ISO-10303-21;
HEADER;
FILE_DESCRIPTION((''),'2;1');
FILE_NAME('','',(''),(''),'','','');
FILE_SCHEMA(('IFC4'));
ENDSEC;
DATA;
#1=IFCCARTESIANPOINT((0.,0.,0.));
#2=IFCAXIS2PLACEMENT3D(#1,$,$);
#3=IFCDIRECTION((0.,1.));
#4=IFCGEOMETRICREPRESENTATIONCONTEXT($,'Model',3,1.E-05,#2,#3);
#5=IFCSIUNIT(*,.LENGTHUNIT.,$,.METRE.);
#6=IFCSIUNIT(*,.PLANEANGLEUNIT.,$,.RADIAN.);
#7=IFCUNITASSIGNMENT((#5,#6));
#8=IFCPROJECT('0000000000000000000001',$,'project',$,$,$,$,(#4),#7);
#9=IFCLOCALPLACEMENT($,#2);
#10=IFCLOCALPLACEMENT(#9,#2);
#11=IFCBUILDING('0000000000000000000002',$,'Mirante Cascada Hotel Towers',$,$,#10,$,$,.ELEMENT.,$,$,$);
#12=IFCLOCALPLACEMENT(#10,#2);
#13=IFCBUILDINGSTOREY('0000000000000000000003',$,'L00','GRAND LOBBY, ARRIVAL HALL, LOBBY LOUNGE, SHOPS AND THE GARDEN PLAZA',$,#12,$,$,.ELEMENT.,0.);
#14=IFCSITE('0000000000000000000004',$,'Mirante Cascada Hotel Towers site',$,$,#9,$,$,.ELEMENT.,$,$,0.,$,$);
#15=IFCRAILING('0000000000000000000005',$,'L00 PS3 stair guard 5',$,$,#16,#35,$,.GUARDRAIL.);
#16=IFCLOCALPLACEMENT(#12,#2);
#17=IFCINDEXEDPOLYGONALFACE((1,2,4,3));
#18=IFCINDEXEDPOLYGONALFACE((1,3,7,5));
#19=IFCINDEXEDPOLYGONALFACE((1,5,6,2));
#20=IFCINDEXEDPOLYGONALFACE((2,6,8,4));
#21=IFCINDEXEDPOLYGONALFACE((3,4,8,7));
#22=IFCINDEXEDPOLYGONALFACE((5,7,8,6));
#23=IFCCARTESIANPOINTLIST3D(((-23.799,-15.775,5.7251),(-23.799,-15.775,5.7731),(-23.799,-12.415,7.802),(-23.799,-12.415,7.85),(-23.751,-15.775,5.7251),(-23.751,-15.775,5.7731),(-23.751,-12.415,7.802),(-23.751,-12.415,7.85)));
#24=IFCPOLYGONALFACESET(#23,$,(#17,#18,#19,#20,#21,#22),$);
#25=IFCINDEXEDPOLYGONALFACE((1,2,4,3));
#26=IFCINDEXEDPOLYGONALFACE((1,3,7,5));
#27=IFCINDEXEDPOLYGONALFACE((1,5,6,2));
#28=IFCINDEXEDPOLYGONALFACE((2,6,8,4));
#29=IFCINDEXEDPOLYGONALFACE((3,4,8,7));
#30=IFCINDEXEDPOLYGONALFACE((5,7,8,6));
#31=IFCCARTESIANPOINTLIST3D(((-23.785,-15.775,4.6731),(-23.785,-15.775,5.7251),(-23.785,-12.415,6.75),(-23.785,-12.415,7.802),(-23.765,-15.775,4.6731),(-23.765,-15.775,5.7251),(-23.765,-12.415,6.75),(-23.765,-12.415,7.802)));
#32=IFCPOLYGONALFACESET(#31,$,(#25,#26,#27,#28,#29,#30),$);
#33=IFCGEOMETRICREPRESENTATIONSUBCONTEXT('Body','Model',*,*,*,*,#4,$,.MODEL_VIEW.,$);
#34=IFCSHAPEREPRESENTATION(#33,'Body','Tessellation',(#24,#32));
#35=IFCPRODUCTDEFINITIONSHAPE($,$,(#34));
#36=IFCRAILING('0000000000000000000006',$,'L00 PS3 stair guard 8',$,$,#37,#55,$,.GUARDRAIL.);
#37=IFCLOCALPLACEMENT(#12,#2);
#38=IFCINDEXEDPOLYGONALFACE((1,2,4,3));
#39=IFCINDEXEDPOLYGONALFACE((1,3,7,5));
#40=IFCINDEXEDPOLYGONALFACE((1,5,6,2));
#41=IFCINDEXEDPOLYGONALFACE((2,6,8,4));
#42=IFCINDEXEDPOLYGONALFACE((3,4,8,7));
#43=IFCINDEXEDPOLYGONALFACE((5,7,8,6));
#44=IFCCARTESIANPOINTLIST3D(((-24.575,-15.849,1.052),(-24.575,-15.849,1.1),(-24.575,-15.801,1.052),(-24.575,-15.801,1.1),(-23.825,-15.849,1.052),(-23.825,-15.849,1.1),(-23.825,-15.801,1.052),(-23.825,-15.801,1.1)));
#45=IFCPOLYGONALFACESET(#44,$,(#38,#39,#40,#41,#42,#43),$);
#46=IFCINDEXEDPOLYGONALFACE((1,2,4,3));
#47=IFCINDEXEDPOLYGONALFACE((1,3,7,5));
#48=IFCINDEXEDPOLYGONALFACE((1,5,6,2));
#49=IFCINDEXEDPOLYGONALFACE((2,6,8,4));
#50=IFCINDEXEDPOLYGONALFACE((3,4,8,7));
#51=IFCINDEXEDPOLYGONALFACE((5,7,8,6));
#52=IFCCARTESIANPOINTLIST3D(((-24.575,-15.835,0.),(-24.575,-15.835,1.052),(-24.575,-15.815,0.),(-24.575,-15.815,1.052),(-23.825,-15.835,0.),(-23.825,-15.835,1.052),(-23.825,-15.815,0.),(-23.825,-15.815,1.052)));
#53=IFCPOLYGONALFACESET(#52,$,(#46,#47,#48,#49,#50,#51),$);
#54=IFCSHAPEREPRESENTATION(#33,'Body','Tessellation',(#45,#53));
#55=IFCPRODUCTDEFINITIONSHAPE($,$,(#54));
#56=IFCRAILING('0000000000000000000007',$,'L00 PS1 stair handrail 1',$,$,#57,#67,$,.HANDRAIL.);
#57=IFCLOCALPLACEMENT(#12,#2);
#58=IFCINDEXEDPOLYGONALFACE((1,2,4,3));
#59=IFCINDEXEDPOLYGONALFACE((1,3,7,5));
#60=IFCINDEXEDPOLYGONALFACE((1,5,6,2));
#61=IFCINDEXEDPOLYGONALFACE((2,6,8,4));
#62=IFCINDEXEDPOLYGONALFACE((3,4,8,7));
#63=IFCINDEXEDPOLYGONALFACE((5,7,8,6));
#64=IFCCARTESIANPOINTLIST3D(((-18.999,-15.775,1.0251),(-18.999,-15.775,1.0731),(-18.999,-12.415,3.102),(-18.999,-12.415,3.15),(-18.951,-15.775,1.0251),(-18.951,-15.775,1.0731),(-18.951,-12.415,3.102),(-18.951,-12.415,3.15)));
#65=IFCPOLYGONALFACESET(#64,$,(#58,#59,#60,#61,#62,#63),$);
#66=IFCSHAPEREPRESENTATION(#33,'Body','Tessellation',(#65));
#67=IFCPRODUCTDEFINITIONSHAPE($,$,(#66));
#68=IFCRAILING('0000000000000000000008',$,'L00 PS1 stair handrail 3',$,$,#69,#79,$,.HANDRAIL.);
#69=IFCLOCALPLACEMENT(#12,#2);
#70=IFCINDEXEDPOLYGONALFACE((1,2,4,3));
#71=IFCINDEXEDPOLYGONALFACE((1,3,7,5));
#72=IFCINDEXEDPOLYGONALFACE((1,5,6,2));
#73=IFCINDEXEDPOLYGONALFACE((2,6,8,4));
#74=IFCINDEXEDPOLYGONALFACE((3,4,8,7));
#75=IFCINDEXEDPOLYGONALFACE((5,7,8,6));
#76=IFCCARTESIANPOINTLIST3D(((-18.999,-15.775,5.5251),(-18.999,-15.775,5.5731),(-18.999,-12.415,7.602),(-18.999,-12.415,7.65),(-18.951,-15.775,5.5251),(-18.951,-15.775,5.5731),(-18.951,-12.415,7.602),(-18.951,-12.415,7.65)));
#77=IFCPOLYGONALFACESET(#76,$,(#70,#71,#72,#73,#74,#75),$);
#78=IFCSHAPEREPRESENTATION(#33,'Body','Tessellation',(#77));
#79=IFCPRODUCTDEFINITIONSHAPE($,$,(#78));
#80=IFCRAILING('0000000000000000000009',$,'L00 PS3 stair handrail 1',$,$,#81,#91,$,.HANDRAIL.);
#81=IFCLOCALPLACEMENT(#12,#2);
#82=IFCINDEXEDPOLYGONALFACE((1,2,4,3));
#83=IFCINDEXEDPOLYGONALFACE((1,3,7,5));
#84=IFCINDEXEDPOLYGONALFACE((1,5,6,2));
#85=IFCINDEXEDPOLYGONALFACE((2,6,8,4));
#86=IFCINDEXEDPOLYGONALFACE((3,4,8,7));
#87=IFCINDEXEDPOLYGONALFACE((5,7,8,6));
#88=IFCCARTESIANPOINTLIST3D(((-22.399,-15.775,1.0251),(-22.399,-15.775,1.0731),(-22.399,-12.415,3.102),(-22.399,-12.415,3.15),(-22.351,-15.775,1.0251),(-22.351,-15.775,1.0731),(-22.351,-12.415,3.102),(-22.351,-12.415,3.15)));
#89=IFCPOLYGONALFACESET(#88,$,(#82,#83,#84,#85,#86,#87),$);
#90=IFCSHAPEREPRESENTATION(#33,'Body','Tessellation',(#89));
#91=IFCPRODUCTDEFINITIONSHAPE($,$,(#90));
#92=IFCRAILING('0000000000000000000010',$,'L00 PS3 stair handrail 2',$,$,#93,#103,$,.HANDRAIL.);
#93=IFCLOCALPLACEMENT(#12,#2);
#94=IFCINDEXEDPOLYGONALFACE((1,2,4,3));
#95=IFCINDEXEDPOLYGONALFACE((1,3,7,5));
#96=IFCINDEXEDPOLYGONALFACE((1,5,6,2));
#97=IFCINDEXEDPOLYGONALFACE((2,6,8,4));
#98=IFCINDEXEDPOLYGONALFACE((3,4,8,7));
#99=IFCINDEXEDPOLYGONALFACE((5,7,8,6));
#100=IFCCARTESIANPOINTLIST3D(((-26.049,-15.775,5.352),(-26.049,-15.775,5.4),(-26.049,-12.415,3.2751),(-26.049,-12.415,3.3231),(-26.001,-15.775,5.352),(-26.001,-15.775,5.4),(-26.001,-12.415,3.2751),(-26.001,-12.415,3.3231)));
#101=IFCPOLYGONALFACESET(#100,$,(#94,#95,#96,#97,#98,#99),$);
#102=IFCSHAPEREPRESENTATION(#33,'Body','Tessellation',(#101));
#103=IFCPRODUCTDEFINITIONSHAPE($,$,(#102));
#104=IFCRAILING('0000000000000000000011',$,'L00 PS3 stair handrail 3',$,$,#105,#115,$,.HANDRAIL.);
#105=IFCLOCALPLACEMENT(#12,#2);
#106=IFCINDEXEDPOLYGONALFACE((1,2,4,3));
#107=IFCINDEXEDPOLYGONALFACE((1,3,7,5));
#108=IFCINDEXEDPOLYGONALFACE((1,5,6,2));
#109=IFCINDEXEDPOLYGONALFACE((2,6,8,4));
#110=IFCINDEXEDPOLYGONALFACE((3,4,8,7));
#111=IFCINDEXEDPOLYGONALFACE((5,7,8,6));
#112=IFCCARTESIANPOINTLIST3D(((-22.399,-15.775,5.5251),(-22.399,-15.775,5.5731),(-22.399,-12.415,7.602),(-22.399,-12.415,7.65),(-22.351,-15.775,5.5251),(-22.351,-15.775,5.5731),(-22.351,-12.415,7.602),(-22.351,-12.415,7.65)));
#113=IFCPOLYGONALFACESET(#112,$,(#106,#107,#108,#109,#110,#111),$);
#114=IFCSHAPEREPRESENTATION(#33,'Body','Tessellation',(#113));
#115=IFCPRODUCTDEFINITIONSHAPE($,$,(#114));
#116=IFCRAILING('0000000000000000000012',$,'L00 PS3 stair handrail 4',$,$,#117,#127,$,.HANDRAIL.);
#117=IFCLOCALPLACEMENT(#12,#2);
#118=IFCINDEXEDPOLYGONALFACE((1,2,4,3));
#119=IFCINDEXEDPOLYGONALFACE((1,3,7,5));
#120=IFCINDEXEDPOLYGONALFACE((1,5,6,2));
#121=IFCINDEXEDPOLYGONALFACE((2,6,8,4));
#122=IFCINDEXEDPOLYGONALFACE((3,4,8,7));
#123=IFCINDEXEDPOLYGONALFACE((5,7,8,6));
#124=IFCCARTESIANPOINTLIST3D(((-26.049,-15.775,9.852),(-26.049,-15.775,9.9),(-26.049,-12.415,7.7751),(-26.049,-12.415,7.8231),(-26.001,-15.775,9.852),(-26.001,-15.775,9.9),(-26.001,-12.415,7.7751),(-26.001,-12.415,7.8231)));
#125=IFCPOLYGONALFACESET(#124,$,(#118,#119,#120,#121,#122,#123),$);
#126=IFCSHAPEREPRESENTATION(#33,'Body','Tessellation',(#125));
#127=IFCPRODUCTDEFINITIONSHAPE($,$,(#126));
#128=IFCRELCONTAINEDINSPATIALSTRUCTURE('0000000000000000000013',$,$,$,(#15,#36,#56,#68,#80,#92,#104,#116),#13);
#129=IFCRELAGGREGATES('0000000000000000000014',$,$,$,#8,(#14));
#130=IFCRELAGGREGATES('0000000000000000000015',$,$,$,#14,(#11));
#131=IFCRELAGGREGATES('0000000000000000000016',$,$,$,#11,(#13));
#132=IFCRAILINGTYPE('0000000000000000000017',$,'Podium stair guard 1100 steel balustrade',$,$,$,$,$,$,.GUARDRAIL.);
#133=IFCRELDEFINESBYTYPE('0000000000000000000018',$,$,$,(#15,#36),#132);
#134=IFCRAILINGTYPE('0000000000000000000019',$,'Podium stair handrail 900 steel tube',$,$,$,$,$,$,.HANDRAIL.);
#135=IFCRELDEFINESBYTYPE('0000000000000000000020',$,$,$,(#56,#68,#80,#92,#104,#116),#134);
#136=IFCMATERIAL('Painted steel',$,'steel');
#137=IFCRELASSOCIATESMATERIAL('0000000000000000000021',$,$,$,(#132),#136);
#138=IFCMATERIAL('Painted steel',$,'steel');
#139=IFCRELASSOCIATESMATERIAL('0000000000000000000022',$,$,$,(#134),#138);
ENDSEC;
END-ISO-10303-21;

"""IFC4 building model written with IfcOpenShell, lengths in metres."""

from ifc_helpers import new_model, si_unit, direction, frame, origin, origin_2d, place, context, subcontext, project, spatial, rectangle, extrude, material, type_object, element, save


model = new_model("IFC4")

# Units and contexts
model_context = context("Model", 3, precision=1e-05, world=origin(), true_north=direction((0.0, 1.0)))
body_context = subcontext(model_context, "Body", "Model", "MODEL_VIEW")
ifc_project = project(units=[si_unit("LENGTHUNIT", "METRE"), si_unit("PLANEANGLEUNIT", "RADIAN")], contexts=[model_context])

# Site, building, storey
site_placement = place(None, origin())
site = spatial("IfcSite", under=ifc_project, at=site_placement, Name="Mirante Cascada Hotel Towers site", CompositionType="ELEMENT", RefElevation=0.0)
building_placement = place(site_placement, origin())
building = spatial("IfcBuilding", under=site, at=building_placement, Name="Mirante Cascada Hotel Towers", CompositionType="ELEMENT")
storey_placement = place(building_placement, origin())
storey = spatial("IfcBuildingStorey", under=building, at=storey_placement, Name="L00", Description="GRAND LOBBY, ARRIVAL HALL, LOBBY LOUNGE, SHOPS AND THE GARDEN PLAZA", CompositionType="ELEMENT", Elevation=0.0)

# Railings
ifc_material_1 = material(Name="Painted steel", Category="steel")
railing_type_1 = type_object("IfcRailingType", Name="Podium stair guard 1100 steel balustrade", PredefinedType="GUARDRAIL", material=ifc_material_1)
railing_1_placement = place(storey_placement, frame((-23.775, -15.775, 4.6731)))
element("IfcRailing", 1, at=railing_1_placement, inside=storey, type_object=railing_type_1, Name="L00 PS3 stair guard 5", PredefinedType="GUARDRAIL", context=body_context, shape_type="SweptSolid", body=[
    extrude(rectangle(XDim=0.048, YDim=0.048, at=origin_2d()), frame((0.0, 0.0, 1.076), z_axis=(0.0, 1.0, 0.0), x_axis=(-1.0, 0.0, 0.0)), (0.0, 0.525787, 0.850616), 3.9501),
    extrude(rectangle(XDim=0.02, YDim=1.052, at=origin_2d()), frame((0.0, 0.0, 0.526), z_axis=(0.0, 1.0, 0.0), x_axis=(-1.0, 0.0, 0.0)), (0.0, 0.525787, 0.850616), 3.9501),
])
railing_2_placement = place(storey_placement, frame((-23.825, -15.825, 0.0)))
element("IfcRailing", 2, at=railing_2_placement, inside=storey, type_object=railing_type_1, Name="L00 PS3 stair guard 8", PredefinedType="GUARDRAIL", context=body_context, shape_type="SweptSolid", body=[
    extrude(rectangle(XDim=0.048, YDim=0.048, at=origin_2d()), frame((0.0, 0.0, 1.076), z_axis=(-1.0, 0.0, 0.0), x_axis=(0.0, -1.0, 0.0)), (0.0, 0.0, 1.0), 0.75),
    extrude(rectangle(XDim=0.02, YDim=1.052, at=origin_2d()), frame((0.0, 0.0, 0.526), z_axis=(-1.0, 0.0, 0.0), x_axis=(0.0, -1.0, 0.0)), (0.0, 0.0, 1.0), 0.75),
])
ifc_material_2 = material(Name="Painted steel", Category="steel")
railing_type_2 = type_object("IfcRailingType", Name="Podium stair handrail 900 steel tube", PredefinedType="HANDRAIL", material=ifc_material_2)
for number, where, name in (
    (3, (-18.975, -15.775, 0.1731), "L00 PS1 stair handrail 1"),
    (4, (-18.975, -15.775, 4.6731), "L00 PS1 stair handrail 3"),
    (5, (-22.375, -15.775, 0.1731), "L00 PS3 stair handrail 1"),
):
    element("IfcRailing", number, at=place(storey_placement, frame(where)), inside=storey, type_object=railing_type_2, Name=name, PredefinedType="HANDRAIL", context=body_context, shape_type="SweptSolid", body=[
        extrude(rectangle(XDim=0.048, YDim=0.048, at=origin_2d()), frame((0.0, 0.0, 0.876), z_axis=(0.0, 1.0, 0.0), x_axis=(-1.0, 0.0, 0.0)), (0.0, 0.525787, 0.850616), 3.9501),
    ])
railing_3_placement = place(storey_placement, frame((-26.025, -12.415, 2.4231)))
element("IfcRailing", 6, at=railing_3_placement, inside=storey, type_object=railing_type_2, Name="L00 PS3 stair handrail 2", PredefinedType="HANDRAIL", context=body_context, shape_type="SweptSolid", body=[
    extrude(rectangle(XDim=0.048, YDim=0.048, at=origin_2d()), frame((0.0, 0.0, 0.876), z_axis=(0.0, -1.0, 0.0), x_axis=(1.0, 0.0, 0.0)), (0.0, 0.525787, 0.850616), 3.9501),
])
railing_4_placement = place(storey_placement, frame((-22.375, -15.775, 4.6731)))
element("IfcRailing", 7, at=railing_4_placement, inside=storey, type_object=railing_type_2, Name="L00 PS3 stair handrail 3", PredefinedType="HANDRAIL", context=body_context, shape_type="SweptSolid", body=[
    extrude(rectangle(XDim=0.048, YDim=0.048, at=origin_2d()), frame((0.0, 0.0, 0.876), z_axis=(0.0, 1.0, 0.0), x_axis=(-1.0, 0.0, 0.0)), (0.0, 0.525787, 0.850616), 3.9501),
])
railing_5_placement = place(storey_placement, frame((-26.025, -12.415, 6.9231)))
element("IfcRailing", 8, at=railing_5_placement, inside=storey, type_object=railing_type_2, Name="L00 PS3 stair handrail 4", PredefinedType="HANDRAIL", context=body_context, shape_type="SweptSolid", body=[
    extrude(rectangle(XDim=0.048, YDim=0.048, at=origin_2d()), frame((0.0, 0.0, 0.876), z_axis=(0.0, -1.0, 0.0), x_axis=(1.0, 0.0, 0.0)), (0.0, 0.525787, 0.850616), 3.9501),
])

save(model, "model.ifc")
